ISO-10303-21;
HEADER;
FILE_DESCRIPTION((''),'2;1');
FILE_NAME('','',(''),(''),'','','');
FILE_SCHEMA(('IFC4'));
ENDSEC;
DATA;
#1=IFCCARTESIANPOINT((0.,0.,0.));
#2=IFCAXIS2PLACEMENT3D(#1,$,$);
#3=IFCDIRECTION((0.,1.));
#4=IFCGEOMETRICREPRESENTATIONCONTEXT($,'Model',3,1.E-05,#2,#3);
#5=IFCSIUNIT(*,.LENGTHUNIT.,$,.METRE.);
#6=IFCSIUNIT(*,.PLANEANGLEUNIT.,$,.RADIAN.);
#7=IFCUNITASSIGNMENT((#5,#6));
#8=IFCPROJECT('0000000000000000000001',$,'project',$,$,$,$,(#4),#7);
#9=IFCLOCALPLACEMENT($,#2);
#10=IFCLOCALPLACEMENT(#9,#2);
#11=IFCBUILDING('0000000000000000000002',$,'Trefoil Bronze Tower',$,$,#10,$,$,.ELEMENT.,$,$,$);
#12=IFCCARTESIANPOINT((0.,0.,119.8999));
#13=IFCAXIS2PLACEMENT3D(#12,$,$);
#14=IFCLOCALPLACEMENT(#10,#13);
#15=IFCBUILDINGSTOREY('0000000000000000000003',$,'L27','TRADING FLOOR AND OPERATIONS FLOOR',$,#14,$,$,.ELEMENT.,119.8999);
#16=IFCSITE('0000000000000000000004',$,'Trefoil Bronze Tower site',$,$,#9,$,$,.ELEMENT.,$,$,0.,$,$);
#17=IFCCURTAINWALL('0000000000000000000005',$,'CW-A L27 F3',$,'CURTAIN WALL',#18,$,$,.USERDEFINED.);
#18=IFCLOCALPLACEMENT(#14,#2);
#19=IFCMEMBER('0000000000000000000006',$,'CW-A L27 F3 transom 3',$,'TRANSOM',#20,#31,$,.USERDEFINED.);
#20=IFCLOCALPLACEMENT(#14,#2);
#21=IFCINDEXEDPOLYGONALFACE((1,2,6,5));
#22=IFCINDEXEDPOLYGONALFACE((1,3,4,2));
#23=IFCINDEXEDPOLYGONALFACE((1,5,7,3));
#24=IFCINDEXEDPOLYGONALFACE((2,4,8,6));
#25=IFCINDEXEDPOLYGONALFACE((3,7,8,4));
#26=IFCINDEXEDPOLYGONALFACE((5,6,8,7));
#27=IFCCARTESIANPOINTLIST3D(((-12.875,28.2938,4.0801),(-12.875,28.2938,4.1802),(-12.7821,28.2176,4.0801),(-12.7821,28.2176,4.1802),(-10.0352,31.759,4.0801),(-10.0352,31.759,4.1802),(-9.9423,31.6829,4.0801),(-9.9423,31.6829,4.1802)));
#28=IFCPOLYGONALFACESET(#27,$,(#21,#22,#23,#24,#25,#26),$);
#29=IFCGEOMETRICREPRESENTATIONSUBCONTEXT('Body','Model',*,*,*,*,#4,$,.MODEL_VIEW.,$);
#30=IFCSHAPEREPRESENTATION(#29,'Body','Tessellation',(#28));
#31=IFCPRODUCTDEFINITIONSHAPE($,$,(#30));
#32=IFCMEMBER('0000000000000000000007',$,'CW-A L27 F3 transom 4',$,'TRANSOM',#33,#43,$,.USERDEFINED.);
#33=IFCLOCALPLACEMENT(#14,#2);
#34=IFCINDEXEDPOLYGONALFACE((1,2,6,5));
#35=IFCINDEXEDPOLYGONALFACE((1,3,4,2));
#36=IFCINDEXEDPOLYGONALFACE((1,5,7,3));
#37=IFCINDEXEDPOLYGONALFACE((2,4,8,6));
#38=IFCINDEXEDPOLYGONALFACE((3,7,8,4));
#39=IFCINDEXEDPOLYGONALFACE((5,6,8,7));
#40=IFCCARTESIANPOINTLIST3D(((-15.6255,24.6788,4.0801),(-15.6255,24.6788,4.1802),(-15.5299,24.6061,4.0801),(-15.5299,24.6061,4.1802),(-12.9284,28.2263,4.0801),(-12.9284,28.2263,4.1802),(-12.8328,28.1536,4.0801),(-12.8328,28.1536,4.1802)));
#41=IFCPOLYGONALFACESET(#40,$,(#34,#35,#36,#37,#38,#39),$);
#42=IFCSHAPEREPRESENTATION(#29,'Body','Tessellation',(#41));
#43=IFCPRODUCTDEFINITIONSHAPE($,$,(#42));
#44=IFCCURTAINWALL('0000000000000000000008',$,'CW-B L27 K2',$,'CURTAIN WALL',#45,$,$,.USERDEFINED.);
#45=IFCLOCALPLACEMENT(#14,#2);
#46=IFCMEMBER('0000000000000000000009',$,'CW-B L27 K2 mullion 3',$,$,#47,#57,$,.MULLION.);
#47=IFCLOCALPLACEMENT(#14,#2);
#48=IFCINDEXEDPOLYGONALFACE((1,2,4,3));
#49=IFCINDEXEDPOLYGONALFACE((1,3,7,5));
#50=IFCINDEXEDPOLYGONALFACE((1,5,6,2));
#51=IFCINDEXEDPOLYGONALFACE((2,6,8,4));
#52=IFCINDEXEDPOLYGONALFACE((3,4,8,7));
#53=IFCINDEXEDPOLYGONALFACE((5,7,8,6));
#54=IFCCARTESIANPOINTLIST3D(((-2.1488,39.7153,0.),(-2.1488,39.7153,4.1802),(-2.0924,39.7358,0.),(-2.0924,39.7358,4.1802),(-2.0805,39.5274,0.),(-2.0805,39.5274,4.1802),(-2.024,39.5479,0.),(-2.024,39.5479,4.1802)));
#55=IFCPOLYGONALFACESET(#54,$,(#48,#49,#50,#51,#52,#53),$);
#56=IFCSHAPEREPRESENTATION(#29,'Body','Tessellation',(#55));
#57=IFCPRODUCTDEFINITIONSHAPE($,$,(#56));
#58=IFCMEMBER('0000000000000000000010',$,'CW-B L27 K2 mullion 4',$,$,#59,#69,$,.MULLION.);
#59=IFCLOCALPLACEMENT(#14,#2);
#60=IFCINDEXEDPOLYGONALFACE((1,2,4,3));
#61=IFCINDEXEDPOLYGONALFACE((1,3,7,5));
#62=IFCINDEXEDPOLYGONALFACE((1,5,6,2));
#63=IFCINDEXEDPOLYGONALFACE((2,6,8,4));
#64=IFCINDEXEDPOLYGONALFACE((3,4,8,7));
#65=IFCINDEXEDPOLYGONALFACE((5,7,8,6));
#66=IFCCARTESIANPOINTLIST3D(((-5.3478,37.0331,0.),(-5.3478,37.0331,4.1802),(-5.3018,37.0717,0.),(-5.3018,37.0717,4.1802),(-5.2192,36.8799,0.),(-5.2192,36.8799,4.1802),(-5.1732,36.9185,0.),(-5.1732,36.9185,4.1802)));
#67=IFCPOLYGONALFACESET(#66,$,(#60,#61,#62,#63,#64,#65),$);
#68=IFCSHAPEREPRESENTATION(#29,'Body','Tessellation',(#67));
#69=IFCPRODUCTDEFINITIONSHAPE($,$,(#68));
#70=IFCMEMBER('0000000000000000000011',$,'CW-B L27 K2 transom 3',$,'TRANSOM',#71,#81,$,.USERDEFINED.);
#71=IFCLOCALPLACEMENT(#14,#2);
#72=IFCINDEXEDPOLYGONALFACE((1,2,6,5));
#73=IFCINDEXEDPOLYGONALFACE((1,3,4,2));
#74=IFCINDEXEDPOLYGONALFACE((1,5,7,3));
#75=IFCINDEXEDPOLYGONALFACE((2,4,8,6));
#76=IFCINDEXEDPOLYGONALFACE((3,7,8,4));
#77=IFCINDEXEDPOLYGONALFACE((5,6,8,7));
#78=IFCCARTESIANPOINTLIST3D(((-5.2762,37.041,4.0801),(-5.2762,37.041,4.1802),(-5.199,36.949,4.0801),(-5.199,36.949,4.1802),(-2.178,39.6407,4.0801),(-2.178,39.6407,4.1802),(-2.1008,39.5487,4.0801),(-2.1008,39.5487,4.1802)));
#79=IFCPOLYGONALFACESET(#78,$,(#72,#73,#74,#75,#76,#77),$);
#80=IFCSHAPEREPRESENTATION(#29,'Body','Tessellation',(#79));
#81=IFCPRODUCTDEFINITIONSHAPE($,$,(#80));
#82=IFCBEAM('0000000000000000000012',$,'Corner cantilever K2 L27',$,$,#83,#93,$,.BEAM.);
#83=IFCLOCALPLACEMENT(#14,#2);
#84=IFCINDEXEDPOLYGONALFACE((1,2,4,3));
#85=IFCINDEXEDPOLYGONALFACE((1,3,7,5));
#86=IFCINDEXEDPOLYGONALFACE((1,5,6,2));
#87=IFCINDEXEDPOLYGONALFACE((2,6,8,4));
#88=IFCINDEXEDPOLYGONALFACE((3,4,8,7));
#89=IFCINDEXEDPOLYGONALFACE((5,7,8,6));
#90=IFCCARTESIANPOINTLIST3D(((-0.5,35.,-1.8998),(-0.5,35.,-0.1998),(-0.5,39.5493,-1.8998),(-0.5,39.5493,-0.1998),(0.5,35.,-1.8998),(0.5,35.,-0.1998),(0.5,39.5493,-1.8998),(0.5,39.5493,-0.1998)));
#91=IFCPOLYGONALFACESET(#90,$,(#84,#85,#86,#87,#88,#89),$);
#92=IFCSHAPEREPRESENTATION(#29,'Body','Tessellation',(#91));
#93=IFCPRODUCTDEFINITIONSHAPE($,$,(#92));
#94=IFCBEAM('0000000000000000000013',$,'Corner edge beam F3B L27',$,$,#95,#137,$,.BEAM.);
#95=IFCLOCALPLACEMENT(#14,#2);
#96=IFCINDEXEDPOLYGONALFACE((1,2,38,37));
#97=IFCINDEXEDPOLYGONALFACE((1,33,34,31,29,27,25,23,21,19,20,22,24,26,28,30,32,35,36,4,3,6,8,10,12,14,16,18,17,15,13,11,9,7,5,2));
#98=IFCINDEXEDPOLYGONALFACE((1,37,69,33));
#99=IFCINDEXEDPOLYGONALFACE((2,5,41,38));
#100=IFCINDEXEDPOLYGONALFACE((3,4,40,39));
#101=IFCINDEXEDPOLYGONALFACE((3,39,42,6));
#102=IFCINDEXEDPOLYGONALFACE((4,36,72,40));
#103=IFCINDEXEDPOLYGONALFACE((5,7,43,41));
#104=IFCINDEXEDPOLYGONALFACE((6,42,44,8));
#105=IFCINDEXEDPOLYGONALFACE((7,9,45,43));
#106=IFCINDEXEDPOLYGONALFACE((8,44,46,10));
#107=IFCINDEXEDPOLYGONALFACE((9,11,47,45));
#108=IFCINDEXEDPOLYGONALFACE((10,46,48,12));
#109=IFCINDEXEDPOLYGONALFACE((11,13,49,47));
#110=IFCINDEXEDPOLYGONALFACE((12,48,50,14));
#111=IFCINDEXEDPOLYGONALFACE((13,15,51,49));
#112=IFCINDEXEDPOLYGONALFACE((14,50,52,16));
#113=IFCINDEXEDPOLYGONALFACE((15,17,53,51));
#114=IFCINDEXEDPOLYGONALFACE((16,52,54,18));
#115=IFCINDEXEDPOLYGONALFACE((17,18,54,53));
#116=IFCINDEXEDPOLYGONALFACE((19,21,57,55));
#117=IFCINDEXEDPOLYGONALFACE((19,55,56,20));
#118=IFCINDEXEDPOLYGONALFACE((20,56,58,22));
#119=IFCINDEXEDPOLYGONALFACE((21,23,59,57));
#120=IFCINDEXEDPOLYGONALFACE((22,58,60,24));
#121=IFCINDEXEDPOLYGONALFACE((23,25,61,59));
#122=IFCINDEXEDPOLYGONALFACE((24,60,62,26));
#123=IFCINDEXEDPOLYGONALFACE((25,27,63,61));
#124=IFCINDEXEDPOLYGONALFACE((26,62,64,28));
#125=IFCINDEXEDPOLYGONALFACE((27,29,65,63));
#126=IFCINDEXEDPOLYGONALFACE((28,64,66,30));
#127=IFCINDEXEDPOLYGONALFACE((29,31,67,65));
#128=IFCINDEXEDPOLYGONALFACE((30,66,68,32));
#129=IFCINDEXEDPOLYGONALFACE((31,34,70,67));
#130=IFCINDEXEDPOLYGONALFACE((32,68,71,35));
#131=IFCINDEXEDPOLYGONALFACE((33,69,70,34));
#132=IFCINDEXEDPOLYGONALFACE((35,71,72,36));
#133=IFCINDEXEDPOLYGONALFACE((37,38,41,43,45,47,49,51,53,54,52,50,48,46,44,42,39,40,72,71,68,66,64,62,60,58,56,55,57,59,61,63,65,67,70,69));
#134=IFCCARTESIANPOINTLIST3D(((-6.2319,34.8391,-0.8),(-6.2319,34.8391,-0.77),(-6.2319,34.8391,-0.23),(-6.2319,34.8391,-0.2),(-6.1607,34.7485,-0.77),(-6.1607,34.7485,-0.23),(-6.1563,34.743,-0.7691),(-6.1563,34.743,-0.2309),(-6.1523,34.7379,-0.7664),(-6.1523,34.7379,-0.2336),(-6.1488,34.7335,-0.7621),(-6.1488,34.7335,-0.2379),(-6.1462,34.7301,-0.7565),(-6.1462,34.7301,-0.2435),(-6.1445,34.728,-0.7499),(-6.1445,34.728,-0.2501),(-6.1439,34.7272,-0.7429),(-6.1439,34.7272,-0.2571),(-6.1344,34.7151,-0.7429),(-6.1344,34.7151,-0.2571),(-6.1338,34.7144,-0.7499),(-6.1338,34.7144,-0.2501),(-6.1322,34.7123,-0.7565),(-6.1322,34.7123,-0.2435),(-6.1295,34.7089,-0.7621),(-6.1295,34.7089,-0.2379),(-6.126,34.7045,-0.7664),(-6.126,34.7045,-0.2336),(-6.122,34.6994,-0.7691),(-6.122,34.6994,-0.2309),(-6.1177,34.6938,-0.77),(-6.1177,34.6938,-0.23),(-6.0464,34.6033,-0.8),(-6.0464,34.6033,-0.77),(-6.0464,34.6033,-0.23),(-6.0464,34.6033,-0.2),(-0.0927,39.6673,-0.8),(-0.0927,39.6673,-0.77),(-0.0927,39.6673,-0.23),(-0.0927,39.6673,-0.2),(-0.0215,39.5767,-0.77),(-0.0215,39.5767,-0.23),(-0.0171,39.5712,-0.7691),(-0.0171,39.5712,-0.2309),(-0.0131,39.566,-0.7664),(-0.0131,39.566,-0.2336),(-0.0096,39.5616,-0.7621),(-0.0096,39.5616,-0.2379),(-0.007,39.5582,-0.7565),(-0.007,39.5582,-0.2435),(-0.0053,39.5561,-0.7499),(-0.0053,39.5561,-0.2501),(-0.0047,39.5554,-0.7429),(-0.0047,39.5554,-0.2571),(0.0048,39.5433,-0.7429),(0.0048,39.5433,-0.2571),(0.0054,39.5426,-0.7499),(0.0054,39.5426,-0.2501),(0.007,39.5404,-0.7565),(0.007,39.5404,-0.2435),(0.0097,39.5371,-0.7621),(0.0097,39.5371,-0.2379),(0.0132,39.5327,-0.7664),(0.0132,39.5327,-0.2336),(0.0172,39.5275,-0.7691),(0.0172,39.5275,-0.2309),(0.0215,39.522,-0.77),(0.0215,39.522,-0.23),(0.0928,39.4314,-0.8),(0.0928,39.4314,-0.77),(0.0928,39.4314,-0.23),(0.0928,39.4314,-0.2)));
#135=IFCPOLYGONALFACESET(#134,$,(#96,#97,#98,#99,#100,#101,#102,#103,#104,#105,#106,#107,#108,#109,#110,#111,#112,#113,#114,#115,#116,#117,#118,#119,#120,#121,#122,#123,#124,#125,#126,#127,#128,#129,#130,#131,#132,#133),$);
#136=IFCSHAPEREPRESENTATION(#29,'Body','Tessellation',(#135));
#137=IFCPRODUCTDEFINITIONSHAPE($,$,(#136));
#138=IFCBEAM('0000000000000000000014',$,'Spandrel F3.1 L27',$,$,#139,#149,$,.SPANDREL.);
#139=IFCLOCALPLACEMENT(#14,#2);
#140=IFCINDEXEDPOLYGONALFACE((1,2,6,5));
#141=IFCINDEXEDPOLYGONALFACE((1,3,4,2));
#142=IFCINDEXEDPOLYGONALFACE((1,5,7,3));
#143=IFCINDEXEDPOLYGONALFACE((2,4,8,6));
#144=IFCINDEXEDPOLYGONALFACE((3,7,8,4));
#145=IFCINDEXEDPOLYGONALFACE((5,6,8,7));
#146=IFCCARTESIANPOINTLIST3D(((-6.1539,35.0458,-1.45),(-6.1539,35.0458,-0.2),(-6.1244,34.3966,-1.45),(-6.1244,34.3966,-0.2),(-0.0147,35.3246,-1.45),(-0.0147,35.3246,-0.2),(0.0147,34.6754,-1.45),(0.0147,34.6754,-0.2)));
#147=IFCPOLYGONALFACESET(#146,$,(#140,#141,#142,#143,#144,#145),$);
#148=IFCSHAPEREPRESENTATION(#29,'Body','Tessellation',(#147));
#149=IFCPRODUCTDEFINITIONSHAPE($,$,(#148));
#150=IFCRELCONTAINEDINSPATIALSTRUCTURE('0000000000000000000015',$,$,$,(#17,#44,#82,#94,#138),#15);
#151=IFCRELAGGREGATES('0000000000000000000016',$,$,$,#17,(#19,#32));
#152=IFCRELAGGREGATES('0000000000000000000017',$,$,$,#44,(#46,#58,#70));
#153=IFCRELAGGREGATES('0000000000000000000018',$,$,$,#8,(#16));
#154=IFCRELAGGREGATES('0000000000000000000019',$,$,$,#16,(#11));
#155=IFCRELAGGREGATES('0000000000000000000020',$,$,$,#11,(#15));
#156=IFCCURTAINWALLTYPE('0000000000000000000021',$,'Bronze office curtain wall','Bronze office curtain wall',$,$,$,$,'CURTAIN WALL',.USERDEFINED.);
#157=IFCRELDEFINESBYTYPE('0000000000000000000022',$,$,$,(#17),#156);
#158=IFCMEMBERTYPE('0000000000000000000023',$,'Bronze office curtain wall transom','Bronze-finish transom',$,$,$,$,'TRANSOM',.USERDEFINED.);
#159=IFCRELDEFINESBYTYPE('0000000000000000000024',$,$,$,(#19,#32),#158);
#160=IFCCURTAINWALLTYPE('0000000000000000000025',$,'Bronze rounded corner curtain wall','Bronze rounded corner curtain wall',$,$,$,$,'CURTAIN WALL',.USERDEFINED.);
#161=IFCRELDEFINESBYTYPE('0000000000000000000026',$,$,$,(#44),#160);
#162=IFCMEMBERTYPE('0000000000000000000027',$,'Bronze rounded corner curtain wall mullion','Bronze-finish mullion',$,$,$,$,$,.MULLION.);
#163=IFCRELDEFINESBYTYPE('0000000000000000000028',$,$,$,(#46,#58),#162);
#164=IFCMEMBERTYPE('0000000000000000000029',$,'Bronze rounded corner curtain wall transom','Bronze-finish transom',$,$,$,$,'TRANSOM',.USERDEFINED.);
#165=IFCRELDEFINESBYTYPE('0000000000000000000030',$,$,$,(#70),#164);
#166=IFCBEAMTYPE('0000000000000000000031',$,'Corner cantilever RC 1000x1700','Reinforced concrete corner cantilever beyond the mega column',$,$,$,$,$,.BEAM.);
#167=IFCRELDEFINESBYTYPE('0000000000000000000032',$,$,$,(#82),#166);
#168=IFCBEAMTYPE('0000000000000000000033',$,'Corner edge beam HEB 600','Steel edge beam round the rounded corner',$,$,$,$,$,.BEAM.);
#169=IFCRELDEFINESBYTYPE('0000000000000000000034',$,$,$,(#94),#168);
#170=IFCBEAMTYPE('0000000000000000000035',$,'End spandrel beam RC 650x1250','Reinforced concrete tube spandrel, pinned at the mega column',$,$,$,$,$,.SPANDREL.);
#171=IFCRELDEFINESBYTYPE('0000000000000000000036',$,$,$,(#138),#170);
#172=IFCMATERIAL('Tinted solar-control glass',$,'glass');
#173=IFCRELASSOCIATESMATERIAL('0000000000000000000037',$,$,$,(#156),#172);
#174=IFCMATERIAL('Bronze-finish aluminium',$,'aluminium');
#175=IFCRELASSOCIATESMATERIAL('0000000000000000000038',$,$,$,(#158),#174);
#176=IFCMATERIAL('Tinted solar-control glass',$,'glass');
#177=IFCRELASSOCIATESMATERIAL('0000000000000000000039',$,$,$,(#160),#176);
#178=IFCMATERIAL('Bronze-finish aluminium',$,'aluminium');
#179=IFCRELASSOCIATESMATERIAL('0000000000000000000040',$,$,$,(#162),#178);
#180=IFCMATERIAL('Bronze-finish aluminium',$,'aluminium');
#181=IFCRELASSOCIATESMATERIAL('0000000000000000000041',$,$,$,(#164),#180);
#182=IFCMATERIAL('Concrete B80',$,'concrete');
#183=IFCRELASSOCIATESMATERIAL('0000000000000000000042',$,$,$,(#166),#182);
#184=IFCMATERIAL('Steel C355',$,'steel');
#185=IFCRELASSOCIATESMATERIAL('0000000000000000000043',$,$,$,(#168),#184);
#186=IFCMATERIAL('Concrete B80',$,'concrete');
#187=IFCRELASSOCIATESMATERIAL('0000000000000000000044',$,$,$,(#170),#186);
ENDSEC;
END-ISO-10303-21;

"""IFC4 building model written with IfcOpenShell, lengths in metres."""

from ifc_helpers import new_model, si_unit, direction, frame, origin, origin_2d, place, context, subcontext, project, spatial, rectangle, i_section, extrude, material, material_profile, profile_set, type_object, element, aggregate, save


model = new_model("IFC4")

# Units and contexts
model_context = context("Model", 3, precision=1e-05, world=origin(), true_north=direction((0.0, 1.0)))
body_context = subcontext(model_context, "Body", "Model", "MODEL_VIEW")
ifc_project = project(units=[si_unit("LENGTHUNIT", "METRE"), si_unit("PLANEANGLEUNIT", "RADIAN")], contexts=[model_context])

# Site, building, storey
site_placement = place(None, origin())
site = spatial("IfcSite", under=ifc_project, at=site_placement, Name="Trefoil Bronze Tower site", CompositionType="ELEMENT", RefElevation=0.0)
building_placement = place(site_placement, origin())
building = spatial("IfcBuilding", under=site, at=building_placement, Name="Trefoil Bronze Tower", CompositionType="ELEMENT")
storey_placement = place(building_placement, frame((0.0, 0.0, 119.8999)))
storey = spatial("IfcBuildingStorey", under=building, at=storey_placement, Name="L27", Description="TRADING FLOOR AND OPERATIONS FLOOR", CompositionType="ELEMENT", Elevation=119.8999)

# Curtain walls, members
ifc_material_1 = material(Name="Tinted solar-control glass", Category="glass")
curtain_wall_type_1 = type_object("IfcCurtainWallType", Name="Bronze office curtain wall", Description="Bronze office curtain wall", ElementType="CURTAIN WALL", PredefinedType="USERDEFINED", material=ifc_material_1)
curtain_wall_1_placement = place(storey_placement, origin())
curtain_wall_1 = element("IfcCurtainWall", 1, at=curtain_wall_1_placement, inside=storey, type_object=curtain_wall_type_1, Name="CW-A L27 F3", ObjectType="CURTAIN WALL", PredefinedType="USERDEFINED")
ifc_material_2 = material(Name="Bronze-finish aluminium", Category="aluminium")
ifc_material_profile_1 = material_profile(ifc_material_2, rectangle(XDim=0.1201, YDim=0.1001, at=origin_2d()), Name="CW-A transom")
ifc_profile_set_1 = profile_set([ifc_material_profile_1], Name="Bronze-finish aluminium")
member_type_1 = type_object("IfcMemberType", Name="Bronze office curtain wall transom", Description="Bronze-finish transom", ElementType="TRANSOM", PredefinedType="USERDEFINED", material=ifc_profile_set_1)
member_1_placement = place(storey_placement, frame((-9.9888, 31.7209, 4.1301), z_axis=(-0.633849, -0.773457, 0.0), x_axis=(0.773457, -0.633849, 0.0)))
member_1 = element("IfcMember", 2, at=member_1_placement, type_object=member_type_1, Name="CW-A L27 F3 transom 3", ObjectType="TRANSOM", PredefinedType="USERDEFINED", context=body_context, shape_type="SweptSolid", body=[
    extrude(rectangle(XDim=0.1201, YDim=0.1001, at=origin_2d()), origin(), (0.0, 0.0, 1.0), 4.4802),
])
member_2_placement = place(storey_placement, frame((-12.8806, 28.1899, 4.1301), z_axis=(-0.605229, -0.796051, 0.0), x_axis=(0.796051, -0.605229, 0.0)))
member_2 = element("IfcMember", 3, at=member_2_placement, type_object=member_type_1, Name="CW-A L27 F3 transom 4", ObjectType="TRANSOM", PredefinedType="USERDEFINED", context=body_context, shape_type="SweptSolid", body=[
    extrude(rectangle(XDim=0.1201, YDim=0.1001, at=origin_2d()), origin(), (0.0, 0.0, 1.0), 4.4563),
])
ifc_material_3 = material(Name="Tinted solar-control glass", Category="glass")
curtain_wall_type_2 = type_object("IfcCurtainWallType", Name="Bronze rounded corner curtain wall", Description="Bronze rounded corner curtain wall", ElementType="CURTAIN WALL", PredefinedType="USERDEFINED", material=ifc_material_3)
curtain_wall_2_placement = place(storey_placement, origin())
curtain_wall_2 = element("IfcCurtainWall", 4, at=curtain_wall_2_placement, inside=storey, type_object=curtain_wall_type_2, Name="CW-B L27 K2", ObjectType="CURTAIN WALL", PredefinedType="USERDEFINED")
ifc_material_4 = material(Name="Bronze-finish aluminium", Category="aluminium")
ifc_material_profile_2 = material_profile(ifc_material_4, rectangle(XDim=0.2, YDim=0.0601, at=origin_2d()), Name="CW-B mullion")
ifc_profile_set_2 = profile_set([ifc_material_profile_2], Name="Bronze-finish aluminium")
member_type_2 = type_object("IfcMemberType", Name="Bronze rounded corner curtain wall mullion", Description="Bronze-finish mullion", PredefinedType="MULLION", material=ifc_profile_set_2)
member_3_placement = place(storey_placement, frame((-2.0864, 39.6316, 0.0), z_axis=(0.0, 0.0, 1.0), x_axis=(0.34202, -0.939693, 0.0)))
member_3 = element("IfcMember", 5, at=member_3_placement, type_object=member_type_2, Name="CW-B L27 K2 mullion 3", PredefinedType="MULLION", context=body_context, shape_type="SweptSolid", body=[
    extrude(rectangle(XDim=0.2, YDim=0.0601, at=origin_2d()), origin(), (0.0, 0.0, 1.0), 4.1802),
])
member_4_placement = place(storey_placement, frame((-5.2605, 36.9758, 0.0), z_axis=(0.0, 0.0, 1.0), x_axis=(0.642788, -0.766044, 0.0)))
member_4 = element("IfcMember", 6, at=member_4_placement, type_object=member_type_2, Name="CW-B L27 K2 mullion 4", PredefinedType="MULLION", context=body_context, shape_type="SweptSolid", body=[
    extrude(rectangle(XDim=0.2, YDim=0.0601, at=origin_2d()), origin(), (0.0, 0.0, 1.0), 4.1802),
])
ifc_material_5 = material(Name="Bronze-finish aluminium", Category="aluminium")
ifc_material_profile_3 = material_profile(ifc_material_5, rectangle(XDim=0.1201, YDim=0.1001, at=origin_2d()), Name="CW-B transom")
ifc_profile_set_3 = profile_set([ifc_material_profile_3], Name="Bronze-finish aluminium")
member_type_3 = type_object("IfcMemberType", Name="Bronze rounded corner curtain wall transom", Description="Bronze-finish transom", ElementType="TRANSOM", PredefinedType="USERDEFINED", material=ifc_profile_set_3)
member_5_placement = place(storey_placement, frame((-2.1394, 39.5947, 4.1301), z_axis=(-0.76605, -0.642781, 0.0), x_axis=(0.642781, -0.76605, 0.0)))
member_5 = element("IfcMember", 7, at=member_5_placement, type_object=member_type_3, Name="CW-B L27 K2 transom 3", ObjectType="TRANSOM", PredefinedType="USERDEFINED", context=body_context, shape_type="SweptSolid", body=[
    extrude(rectangle(XDim=0.1201, YDim=0.1001, at=origin_2d()), origin(), (0.0, 0.0, 1.0), 4.0444),
])

# Beams
ifc_material_6 = material(Name="Concrete B80", Category="concrete")
ifc_material_profile_4 = material_profile(ifc_material_6, rectangle(XDim=1.0, YDim=1.7, at=origin_2d()), Name="RC 1000x1700")
ifc_profile_set_4 = profile_set([ifc_material_profile_4], Name="Concrete B80")
beam_type_1 = type_object("IfcBeamType", Name="Corner cantilever RC 1000x1700", Description="Reinforced concrete corner cantilever beyond the mega column", PredefinedType="BEAM", material=ifc_profile_set_4)
beam_1_placement = place(storey_placement, frame((0.0, 35.0, -1.0498), z_axis=(0.0, 1.0, 0.0), x_axis=(-1.0, 0.0, 0.0)))
element("IfcBeam", 8, at=beam_1_placement, inside=storey, type_object=beam_type_1, Name="Corner cantilever K2 L27", PredefinedType="BEAM", context=body_context, shape_type="SweptSolid", body=[
    extrude(rectangle(XDim=1.0, YDim=1.7, at=origin_2d()), origin(), (0.0, 0.0, 1.0), 4.5493),
])
ifc_material_7 = material(Name="Steel C355", Category="steel")
ifc_material_profile_5 = material_profile(ifc_material_7, i_section(OverallWidth=0.3, OverallDepth=0.6001, WebThickness=0.0154, FlangeThickness=0.03, FilletRadius=0.0271, at=origin_2d()), Name="HEB 600")
ifc_profile_set_5 = profile_set([ifc_material_profile_5], Name="Steel C355")
beam_type_2 = type_object("IfcBeamType", Name="Corner edge beam HEB 600", Description="Steel edge beam round the rounded corner", PredefinedType="BEAM", material=ifc_profile_set_5)
beam_2_placement = place(storey_placement, frame((-6.1392, 34.7212, -0.5), z_axis=(0.786038, 0.618178, 0.0), x_axis=(-0.618178, 0.786038, 0.0)))
element("IfcBeam", 9, at=beam_2_placement, inside=storey, type_object=beam_type_2, Name="Corner edge beam F3B L27", PredefinedType="BEAM", context=body_context, shape_type="SweptSolid", body=[
    extrude(i_section(OverallWidth=0.3, OverallDepth=0.6001, WebThickness=0.0154, FlangeThickness=0.03, FilletRadius=0.0271, at=origin_2d()), origin(), (0.0, 0.0, 1.0), 7.8103),
])
ifc_material_8 = material(Name="Concrete B80", Category="concrete")
ifc_material_profile_6 = material_profile(ifc_material_8, rectangle(XDim=0.6499, YDim=1.25, at=origin_2d()), Name="RC 650x1250")
ifc_profile_set_6 = profile_set([ifc_material_profile_6], Name="Concrete B80")
beam_type_3 = type_object("IfcBeamType", Name="End spandrel beam RC 650x1250", Description="Reinforced concrete tube spandrel, pinned at the mega column", PredefinedType="SPANDREL", material=ifc_profile_set_6)
beam_3_placement = place(storey_placement, frame((0.0, 35.0, -0.825), z_axis=(-0.99897, -0.045368, 0.0), x_axis=(0.045368, -0.99897, 0.0)))
element("IfcBeam", 10, at=beam_3_placement, inside=storey, type_object=beam_type_3, Name="Spandrel F3.1 L27", PredefinedType="SPANDREL", context=body_context, shape_type="SweptSolid", body=[
    extrude(rectangle(XDim=0.6499, YDim=1.25, at=origin_2d()), origin(), (0.0, 0.0, 1.0), 6.1455),
])

aggregate(curtain_wall_1, [member_1, member_2])
aggregate(curtain_wall_2, [member_3, member_4, member_5])

save(model, "model.ifc")
